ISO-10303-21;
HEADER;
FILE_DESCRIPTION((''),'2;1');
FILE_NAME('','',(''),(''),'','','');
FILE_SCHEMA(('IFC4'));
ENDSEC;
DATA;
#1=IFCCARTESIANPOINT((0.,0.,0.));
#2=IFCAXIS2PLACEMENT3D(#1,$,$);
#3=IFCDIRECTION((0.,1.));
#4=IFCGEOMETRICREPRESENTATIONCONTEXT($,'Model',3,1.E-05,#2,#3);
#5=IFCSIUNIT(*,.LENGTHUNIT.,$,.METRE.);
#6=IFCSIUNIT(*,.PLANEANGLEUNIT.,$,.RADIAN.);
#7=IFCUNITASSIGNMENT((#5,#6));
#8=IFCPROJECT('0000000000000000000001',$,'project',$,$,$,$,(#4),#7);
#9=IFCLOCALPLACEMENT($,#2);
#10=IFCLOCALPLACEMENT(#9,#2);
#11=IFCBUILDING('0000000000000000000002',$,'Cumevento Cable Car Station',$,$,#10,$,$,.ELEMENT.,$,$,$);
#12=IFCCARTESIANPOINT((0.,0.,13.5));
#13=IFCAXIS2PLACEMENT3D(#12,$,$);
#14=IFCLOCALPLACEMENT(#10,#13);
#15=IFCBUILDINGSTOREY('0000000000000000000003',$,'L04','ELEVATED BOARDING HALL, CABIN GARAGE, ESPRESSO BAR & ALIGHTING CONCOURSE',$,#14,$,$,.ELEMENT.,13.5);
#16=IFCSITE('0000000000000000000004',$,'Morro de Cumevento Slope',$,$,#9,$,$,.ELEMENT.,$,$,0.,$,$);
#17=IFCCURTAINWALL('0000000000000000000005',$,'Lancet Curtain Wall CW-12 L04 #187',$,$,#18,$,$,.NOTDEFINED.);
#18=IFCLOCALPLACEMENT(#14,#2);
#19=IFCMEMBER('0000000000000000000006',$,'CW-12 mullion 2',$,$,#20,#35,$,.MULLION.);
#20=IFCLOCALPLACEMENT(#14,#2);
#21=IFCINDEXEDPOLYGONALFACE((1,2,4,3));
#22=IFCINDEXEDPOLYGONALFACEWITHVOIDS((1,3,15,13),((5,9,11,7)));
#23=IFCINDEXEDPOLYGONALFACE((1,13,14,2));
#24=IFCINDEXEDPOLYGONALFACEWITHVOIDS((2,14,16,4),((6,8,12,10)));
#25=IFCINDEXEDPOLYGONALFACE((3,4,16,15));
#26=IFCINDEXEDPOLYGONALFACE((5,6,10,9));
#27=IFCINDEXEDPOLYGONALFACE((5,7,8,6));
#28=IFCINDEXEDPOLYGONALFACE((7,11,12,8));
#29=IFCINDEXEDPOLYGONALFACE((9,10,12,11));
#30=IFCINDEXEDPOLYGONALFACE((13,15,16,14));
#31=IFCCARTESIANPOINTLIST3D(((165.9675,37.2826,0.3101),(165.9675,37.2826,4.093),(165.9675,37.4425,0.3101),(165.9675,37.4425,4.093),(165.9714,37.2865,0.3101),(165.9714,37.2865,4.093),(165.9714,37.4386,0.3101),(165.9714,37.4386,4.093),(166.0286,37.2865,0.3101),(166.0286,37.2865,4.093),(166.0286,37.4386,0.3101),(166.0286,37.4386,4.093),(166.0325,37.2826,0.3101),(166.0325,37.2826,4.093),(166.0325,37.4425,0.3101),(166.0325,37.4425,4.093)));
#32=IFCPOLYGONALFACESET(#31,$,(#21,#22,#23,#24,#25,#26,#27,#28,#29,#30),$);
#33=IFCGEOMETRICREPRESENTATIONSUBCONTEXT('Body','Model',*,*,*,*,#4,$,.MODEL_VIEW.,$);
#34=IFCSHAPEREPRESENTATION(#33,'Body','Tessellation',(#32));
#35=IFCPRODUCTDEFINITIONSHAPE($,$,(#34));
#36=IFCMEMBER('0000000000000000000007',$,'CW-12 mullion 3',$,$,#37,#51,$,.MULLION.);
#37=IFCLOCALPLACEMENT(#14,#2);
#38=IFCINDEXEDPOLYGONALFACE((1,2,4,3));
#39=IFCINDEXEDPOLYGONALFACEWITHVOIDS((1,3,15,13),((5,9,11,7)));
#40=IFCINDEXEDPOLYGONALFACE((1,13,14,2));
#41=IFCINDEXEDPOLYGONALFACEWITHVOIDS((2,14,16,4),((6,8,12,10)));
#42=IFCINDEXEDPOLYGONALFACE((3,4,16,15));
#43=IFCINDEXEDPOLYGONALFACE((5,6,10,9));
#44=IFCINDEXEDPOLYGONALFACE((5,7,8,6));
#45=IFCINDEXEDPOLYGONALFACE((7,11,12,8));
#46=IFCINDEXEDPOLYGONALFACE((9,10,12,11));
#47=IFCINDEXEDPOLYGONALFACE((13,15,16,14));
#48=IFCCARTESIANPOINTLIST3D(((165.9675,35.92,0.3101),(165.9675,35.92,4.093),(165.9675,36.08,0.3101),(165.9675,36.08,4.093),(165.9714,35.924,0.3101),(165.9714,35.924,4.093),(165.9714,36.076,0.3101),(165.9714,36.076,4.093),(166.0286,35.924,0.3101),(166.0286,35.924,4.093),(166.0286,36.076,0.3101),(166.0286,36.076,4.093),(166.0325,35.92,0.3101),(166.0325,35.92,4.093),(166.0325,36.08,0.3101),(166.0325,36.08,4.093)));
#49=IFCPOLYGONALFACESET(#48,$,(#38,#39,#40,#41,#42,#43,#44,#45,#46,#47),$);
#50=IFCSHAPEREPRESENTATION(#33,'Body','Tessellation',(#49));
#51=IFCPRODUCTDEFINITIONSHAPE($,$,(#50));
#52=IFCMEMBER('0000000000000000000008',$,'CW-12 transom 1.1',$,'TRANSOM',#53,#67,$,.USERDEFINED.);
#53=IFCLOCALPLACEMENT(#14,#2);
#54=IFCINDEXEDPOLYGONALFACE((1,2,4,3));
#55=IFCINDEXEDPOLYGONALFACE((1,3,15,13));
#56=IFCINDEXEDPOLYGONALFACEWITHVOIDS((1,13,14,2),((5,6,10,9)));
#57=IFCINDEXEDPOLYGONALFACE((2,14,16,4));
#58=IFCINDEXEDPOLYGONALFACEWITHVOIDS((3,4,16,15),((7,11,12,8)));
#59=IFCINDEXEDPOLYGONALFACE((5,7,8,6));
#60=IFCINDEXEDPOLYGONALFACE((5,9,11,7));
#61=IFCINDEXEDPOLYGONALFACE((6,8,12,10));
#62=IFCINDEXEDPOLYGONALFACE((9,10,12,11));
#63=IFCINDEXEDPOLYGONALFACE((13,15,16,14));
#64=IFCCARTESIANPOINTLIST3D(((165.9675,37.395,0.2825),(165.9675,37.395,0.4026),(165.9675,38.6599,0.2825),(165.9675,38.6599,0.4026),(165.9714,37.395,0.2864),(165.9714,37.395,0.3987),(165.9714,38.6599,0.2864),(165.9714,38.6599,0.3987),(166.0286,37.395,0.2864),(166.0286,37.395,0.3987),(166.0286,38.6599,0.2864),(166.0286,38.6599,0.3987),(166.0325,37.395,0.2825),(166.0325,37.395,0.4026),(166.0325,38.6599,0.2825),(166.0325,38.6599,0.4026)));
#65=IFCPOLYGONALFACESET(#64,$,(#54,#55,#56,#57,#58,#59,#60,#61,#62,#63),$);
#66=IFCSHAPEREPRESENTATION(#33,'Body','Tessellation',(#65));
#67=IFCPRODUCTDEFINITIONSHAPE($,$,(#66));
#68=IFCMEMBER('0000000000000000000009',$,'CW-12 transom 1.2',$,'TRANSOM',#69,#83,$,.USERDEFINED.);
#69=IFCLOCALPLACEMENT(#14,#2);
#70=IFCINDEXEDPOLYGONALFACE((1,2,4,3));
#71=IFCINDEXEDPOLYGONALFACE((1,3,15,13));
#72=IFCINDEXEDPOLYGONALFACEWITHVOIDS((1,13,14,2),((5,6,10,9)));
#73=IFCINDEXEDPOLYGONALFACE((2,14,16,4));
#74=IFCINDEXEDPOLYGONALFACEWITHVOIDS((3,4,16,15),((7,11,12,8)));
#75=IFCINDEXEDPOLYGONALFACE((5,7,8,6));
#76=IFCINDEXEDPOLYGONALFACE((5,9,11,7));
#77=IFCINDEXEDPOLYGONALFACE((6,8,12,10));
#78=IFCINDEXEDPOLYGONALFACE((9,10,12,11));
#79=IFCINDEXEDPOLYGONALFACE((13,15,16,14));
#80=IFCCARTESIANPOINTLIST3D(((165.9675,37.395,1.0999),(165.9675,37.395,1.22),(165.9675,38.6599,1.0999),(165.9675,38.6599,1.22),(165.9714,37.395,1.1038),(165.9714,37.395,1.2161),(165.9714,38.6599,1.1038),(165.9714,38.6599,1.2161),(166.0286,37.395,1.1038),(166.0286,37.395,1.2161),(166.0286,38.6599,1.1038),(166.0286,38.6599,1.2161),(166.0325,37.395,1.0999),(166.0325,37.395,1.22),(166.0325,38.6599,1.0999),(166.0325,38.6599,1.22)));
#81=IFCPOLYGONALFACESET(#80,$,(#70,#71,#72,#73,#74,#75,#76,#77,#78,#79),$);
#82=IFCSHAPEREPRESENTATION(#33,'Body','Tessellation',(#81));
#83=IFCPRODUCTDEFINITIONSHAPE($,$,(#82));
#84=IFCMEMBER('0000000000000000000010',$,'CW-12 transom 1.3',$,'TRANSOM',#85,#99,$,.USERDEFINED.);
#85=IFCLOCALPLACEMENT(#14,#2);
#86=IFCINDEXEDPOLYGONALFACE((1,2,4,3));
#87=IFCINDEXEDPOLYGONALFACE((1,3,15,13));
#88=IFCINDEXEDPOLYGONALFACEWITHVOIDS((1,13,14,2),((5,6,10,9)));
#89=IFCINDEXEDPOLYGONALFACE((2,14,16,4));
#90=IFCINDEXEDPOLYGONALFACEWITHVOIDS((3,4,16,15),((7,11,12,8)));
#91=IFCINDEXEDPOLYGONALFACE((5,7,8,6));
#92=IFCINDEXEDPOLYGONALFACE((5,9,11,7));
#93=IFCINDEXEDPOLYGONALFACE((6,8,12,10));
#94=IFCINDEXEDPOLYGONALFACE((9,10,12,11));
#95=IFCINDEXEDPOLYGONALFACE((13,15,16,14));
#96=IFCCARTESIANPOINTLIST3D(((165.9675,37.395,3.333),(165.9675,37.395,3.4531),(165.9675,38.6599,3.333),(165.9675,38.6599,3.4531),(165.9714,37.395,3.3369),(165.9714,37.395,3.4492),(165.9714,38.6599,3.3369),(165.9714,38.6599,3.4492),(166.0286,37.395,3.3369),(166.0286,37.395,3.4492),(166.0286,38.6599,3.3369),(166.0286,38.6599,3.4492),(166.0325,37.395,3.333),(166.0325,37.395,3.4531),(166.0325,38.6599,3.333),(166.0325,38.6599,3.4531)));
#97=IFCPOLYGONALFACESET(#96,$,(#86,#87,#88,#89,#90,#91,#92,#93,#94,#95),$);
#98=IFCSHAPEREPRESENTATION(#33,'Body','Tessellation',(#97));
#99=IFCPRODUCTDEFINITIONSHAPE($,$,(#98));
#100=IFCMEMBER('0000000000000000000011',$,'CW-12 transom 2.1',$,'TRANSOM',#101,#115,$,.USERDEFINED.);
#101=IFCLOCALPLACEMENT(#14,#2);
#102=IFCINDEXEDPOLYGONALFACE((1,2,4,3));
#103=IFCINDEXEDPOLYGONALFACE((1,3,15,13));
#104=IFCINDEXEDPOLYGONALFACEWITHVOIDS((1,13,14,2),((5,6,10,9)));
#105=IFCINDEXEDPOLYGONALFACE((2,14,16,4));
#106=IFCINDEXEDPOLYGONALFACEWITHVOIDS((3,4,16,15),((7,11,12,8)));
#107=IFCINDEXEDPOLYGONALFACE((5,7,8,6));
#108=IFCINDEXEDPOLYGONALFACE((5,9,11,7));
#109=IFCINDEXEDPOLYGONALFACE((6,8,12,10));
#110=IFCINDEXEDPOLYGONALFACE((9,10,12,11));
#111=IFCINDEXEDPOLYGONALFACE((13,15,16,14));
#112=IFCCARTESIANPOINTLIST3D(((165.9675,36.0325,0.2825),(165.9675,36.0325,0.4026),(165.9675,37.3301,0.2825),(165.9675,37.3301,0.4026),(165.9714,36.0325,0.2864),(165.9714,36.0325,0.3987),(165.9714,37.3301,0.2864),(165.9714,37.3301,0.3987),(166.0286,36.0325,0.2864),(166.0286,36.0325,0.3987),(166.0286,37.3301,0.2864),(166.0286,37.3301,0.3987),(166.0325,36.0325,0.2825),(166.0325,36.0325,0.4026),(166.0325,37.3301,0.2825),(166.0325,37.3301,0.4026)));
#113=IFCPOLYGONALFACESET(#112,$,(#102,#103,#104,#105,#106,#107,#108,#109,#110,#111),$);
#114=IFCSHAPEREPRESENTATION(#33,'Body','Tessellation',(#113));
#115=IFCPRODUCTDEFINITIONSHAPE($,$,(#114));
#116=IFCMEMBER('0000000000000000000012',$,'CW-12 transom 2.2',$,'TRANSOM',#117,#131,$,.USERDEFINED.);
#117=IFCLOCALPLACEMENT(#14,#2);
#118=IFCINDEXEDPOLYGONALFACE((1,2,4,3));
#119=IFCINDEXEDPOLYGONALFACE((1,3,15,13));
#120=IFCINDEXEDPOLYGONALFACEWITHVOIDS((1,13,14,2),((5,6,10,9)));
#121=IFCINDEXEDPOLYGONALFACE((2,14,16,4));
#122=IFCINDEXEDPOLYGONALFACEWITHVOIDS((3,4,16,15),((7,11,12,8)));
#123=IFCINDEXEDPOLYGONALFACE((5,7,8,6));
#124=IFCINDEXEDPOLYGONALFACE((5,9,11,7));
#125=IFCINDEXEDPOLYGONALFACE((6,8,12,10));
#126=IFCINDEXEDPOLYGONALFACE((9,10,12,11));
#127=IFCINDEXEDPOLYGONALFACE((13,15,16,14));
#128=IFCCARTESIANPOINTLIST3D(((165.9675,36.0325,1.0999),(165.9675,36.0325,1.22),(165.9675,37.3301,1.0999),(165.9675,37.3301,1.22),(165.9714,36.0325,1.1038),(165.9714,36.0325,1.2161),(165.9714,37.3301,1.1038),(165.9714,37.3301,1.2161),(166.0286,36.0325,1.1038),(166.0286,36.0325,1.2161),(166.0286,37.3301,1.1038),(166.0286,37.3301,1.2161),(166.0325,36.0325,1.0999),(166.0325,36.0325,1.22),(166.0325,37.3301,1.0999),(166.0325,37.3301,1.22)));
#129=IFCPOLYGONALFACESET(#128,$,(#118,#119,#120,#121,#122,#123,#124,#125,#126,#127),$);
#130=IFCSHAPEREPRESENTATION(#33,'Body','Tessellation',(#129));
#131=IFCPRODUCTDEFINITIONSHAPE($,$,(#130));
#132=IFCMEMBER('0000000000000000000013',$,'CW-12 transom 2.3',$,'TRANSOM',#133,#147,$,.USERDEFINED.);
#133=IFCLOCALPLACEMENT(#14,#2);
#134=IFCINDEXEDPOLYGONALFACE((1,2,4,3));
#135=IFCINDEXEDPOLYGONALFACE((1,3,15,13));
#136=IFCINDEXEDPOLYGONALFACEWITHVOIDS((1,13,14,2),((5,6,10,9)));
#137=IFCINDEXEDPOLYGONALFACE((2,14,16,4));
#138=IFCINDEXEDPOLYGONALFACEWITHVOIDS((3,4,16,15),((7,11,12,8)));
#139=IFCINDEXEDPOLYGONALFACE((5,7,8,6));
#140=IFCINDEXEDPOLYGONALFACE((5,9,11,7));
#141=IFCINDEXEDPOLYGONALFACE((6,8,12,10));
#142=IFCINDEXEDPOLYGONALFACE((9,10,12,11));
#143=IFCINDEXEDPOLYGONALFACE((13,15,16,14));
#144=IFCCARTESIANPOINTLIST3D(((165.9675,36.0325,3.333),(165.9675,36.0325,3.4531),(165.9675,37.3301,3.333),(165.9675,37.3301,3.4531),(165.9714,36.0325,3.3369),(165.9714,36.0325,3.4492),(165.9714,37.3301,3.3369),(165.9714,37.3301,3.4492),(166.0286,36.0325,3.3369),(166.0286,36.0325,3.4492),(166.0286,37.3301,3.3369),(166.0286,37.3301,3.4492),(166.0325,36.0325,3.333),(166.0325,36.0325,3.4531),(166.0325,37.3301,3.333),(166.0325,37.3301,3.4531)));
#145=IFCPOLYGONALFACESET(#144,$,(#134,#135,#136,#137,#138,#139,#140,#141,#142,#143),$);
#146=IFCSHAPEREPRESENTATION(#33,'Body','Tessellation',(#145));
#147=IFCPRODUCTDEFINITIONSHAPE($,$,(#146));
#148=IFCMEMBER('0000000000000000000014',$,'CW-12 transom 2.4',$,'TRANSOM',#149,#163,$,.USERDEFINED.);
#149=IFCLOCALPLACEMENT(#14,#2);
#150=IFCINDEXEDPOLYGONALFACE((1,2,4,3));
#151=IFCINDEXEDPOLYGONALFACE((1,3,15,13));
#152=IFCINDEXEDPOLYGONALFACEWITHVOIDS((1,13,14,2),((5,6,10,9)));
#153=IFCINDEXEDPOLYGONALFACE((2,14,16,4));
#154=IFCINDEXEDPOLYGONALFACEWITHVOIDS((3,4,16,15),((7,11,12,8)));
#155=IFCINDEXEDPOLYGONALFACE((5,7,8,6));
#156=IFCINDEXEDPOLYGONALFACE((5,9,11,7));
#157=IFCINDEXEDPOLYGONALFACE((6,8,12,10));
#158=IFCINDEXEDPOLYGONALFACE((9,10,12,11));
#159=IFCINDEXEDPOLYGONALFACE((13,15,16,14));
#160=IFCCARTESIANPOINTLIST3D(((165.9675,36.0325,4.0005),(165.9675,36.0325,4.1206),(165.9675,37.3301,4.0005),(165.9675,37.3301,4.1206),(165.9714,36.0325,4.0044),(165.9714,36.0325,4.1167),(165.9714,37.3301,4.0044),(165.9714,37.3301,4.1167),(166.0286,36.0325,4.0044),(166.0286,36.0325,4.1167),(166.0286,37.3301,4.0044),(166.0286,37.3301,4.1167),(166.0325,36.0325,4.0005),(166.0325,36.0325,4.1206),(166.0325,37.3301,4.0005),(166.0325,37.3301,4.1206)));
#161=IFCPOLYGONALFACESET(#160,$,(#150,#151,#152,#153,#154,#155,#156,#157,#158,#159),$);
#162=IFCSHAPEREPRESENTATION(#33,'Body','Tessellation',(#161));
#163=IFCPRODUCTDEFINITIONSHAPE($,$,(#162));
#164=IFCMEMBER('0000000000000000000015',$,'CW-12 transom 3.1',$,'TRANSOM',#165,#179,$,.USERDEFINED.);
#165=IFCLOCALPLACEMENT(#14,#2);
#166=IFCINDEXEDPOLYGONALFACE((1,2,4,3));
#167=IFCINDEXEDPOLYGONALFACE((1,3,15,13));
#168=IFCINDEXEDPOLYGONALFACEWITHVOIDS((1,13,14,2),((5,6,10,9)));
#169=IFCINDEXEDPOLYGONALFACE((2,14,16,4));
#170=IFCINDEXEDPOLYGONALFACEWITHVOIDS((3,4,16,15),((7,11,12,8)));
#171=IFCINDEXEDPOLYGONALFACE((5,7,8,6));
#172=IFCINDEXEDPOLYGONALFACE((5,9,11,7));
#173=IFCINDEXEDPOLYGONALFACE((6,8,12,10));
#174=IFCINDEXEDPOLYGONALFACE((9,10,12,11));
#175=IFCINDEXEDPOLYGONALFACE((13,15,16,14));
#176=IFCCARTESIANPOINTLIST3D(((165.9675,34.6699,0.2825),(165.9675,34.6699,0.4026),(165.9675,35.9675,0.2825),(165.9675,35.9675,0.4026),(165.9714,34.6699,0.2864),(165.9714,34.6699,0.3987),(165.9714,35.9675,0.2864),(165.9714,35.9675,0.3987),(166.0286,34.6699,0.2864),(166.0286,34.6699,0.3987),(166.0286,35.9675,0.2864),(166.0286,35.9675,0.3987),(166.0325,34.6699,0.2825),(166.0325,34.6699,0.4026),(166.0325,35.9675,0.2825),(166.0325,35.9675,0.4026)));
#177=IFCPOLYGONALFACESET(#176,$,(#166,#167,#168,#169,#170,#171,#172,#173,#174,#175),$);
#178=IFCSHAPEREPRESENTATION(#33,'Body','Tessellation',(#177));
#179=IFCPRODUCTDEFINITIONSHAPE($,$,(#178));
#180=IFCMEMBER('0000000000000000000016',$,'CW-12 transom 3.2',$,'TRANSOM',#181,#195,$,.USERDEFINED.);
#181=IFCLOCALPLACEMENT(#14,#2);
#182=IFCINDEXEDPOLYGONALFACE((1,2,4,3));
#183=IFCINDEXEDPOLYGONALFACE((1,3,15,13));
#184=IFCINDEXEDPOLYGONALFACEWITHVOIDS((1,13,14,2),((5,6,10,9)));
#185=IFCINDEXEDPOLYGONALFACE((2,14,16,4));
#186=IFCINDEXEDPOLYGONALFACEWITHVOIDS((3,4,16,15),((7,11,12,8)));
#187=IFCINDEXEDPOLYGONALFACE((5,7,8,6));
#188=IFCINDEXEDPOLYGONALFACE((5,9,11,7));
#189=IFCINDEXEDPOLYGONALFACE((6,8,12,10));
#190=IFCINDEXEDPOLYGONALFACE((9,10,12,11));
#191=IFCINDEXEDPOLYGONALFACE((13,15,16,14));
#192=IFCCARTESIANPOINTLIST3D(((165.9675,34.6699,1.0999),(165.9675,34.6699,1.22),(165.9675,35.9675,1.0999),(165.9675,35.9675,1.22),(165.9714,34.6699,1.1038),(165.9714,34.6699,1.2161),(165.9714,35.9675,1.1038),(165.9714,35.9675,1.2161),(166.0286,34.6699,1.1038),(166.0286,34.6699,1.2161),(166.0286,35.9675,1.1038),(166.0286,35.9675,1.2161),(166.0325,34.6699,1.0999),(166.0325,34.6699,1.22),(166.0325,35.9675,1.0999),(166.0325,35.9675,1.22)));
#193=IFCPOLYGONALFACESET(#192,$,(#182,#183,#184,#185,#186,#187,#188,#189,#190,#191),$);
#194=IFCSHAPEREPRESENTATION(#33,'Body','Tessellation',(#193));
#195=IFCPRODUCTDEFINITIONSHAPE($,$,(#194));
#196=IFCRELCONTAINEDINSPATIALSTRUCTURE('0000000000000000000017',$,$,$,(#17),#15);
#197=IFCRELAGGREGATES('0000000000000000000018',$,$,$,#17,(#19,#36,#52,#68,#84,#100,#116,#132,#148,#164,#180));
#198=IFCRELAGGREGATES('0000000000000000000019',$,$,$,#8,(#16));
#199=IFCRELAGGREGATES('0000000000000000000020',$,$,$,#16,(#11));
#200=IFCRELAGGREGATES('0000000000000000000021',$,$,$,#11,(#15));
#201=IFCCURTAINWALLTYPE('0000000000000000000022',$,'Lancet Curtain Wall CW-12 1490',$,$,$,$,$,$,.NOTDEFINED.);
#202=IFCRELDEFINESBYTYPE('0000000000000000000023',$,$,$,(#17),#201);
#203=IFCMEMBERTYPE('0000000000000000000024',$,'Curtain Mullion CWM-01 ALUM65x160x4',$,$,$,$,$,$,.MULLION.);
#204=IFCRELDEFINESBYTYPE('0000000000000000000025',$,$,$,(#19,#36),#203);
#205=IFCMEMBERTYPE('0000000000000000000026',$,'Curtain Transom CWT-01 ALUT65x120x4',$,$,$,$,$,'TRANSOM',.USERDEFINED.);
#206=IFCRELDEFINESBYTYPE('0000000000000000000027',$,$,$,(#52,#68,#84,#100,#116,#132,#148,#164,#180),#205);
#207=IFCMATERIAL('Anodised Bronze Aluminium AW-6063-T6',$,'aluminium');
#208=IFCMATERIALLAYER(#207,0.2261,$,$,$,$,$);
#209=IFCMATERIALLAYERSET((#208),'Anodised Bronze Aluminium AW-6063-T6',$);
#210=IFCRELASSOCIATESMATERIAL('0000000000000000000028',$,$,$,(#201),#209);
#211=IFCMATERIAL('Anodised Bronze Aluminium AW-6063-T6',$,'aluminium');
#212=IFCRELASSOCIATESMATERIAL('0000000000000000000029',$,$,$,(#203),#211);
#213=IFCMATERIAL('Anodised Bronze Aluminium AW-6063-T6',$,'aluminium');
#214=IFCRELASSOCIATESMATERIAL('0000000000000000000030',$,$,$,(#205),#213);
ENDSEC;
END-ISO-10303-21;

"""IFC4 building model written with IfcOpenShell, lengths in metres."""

from ifc_helpers import new_model, si_unit, direction, frame, origin, origin_2d, place, context, subcontext, project, spatial, hollow_rectangle, extrude, material, layer, layer_set, material_profile, profile_set, type_object, element, aggregate, save


model = new_model("IFC4")

# Units and contexts
model_context = context("Model", 3, precision=1e-05, world=origin(), true_north=direction((0.0, 1.0)))
body_context = subcontext(model_context, "Body", "Model", "MODEL_VIEW")
ifc_project = project(units=[si_unit("LENGTHUNIT", "METRE"), si_unit("PLANEANGLEUNIT", "RADIAN")], contexts=[model_context])

# Site, building, storey
site_placement = place(None, origin())
site = spatial("IfcSite", under=ifc_project, at=site_placement, Name="Morro de Cumevento Slope", CompositionType="ELEMENT", RefElevation=0.0)
building_placement = place(site_placement, origin())
building = spatial("IfcBuilding", under=site, at=building_placement, Name="Cumevento Cable Car Station", CompositionType="ELEMENT")
storey_placement = place(building_placement, frame((0.0, 0.0, 13.5)))
storey = spatial("IfcBuildingStorey", under=building, at=storey_placement, Name="L04", Description="ELEVATED BOARDING HALL, CABIN GARAGE, ESPRESSO BAR & ALIGHTING CONCOURSE", CompositionType="ELEMENT", Elevation=13.5)

# Curtain wall, members
ifc_material_1 = material(Name="Anodised Bronze Aluminium AW-6063-T6", Category="aluminium")
ifc_layer_1 = layer(ifc_material_1, 0.2261)
ifc_layer_set_1 = layer_set([ifc_layer_1], Name="Anodised Bronze Aluminium AW-6063-T6")
curtain_wall_type = type_object("IfcCurtainWallType", Name="Lancet Curtain Wall CW-12 1490", PredefinedType="NOTDEFINED", material=ifc_layer_set_1)
curtain_wall_placement = place(storey_placement, origin())
curtain_wall = element("IfcCurtainWall", 1, at=curtain_wall_placement, inside=storey, type_object=curtain_wall_type, Name="Lancet Curtain Wall CW-12 L04 #187", PredefinedType="NOTDEFINED")
ifc_material_2 = material(Name="Anodised Bronze Aluminium AW-6063-T6", Category="aluminium")
ifc_material_profile_1 = material_profile(ifc_material_2, hollow_rectangle(XDim=0.0649, YDim=0.1599, WallThickness=0.0039, at=origin_2d()), Name="ALUM65x160x4")
ifc_profile_set_1 = profile_set([ifc_material_profile_1], Name="Anodised Bronze Aluminium AW-6063-T6")
member_type_1 = type_object("IfcMemberType", Name="Curtain Mullion CWM-01 ALUM65x160x4", PredefinedType="MULLION", material=ifc_profile_set_1)
member_1_placement = place(storey_placement, frame((166.0, 37.3625, 0.3101), z_axis=(0.0, 0.0, 1.0), x_axis=(1.0, 0.0, 0.0)))
member_1 = element("IfcMember", 2, at=member_1_placement, type_object=member_type_1, Name="CW-12 mullion 2", PredefinedType="MULLION", context=body_context, shape_type="SweptSolid", body=[
    extrude(hollow_rectangle(XDim=0.0649, YDim=0.1599, WallThickness=0.0039, at=origin_2d()), origin(), (0.0, 0.0, 1.0), 3.783),
])
member_2_placement = place(storey_placement, frame((166.0, 36.0, 0.3101), z_axis=(0.0, 0.0, 1.0), x_axis=(1.0, 0.0, 0.0)))
member_2 = element("IfcMember", 3, at=member_2_placement, type_object=member_type_1, Name="CW-12 mullion 3", PredefinedType="MULLION", context=body_context, shape_type="SweptSolid", body=[
    extrude(hollow_rectangle(XDim=0.0649, YDim=0.1599, WallThickness=0.0039, at=origin_2d()), origin(), (0.0, 0.0, 1.0), 3.783),
])
ifc_material_3 = material(Name="Anodised Bronze Aluminium AW-6063-T6", Category="aluminium")
ifc_material_profile_2 = material_profile(ifc_material_3, hollow_rectangle(XDim=0.0649, YDim=0.1201, WallThickness=0.0039, at=origin_2d()), Name="ALUT65x120x4")
ifc_profile_set_2 = profile_set([ifc_material_profile_2], Name="Anodised Bronze Aluminium AW-6063-T6")
member_type_2 = type_object("IfcMemberType", Name="Curtain Transom CWT-01 ALUT65x120x4", ElementType="TRANSOM", PredefinedType="USERDEFINED", material=ifc_profile_set_2)
member_3_placement = place(storey_placement, frame((166.0, 38.6599, 0.3425), z_axis=(0.0, -1.0, 0.0), x_axis=(1.0, 0.0, 0.0)))
member_3 = element("IfcMember", 4, at=member_3_placement, type_object=member_type_2, Name="CW-12 transom 1.1", ObjectType="TRANSOM", PredefinedType="USERDEFINED", context=body_context, shape_type="SweptSolid", body=[
    extrude(hollow_rectangle(XDim=0.0649, YDim=0.1201, WallThickness=0.0039, at=origin_2d()), origin(), (0.0, 0.0, 1.0), 1.2649),
])
member_4_placement = place(storey_placement, frame((166.0, 38.6599, 1.1599), z_axis=(0.0, -1.0, 0.0), x_axis=(1.0, 0.0, 0.0)))
member_4 = element("IfcMember", 5, at=member_4_placement, type_object=member_type_2, Name="CW-12 transom 1.2", ObjectType="TRANSOM", PredefinedType="USERDEFINED", context=body_context, shape_type="SweptSolid", body=[
    extrude(hollow_rectangle(XDim=0.0649, YDim=0.1201, WallThickness=0.0039, at=origin_2d()), origin(), (0.0, 0.0, 1.0), 1.2649),
])
member_5_placement = place(storey_placement, frame((166.0, 38.6599, 3.3931), z_axis=(0.0, -1.0, 0.0), x_axis=(1.0, 0.0, 0.0)))
member_5 = element("IfcMember", 6, at=member_5_placement, type_object=member_type_2, Name="CW-12 transom 1.3", ObjectType="TRANSOM", PredefinedType="USERDEFINED", context=body_context, shape_type="SweptSolid", body=[
    extrude(hollow_rectangle(XDim=0.0649, YDim=0.1201, WallThickness=0.0039, at=origin_2d()), origin(), (0.0, 0.0, 1.0), 1.2649),
])
member_6_placement = place(storey_placement, frame((166.0, 37.3301, 0.3425), z_axis=(0.0, -1.0, 0.0), x_axis=(1.0, 0.0, 0.0)))
member_6 = element("IfcMember", 7, at=member_6_placement, type_object=member_type_2, Name="CW-12 transom 2.1", ObjectType="TRANSOM", PredefinedType="USERDEFINED", context=body_context, shape_type="SweptSolid", body=[
    extrude(hollow_rectangle(XDim=0.0649, YDim=0.1201, WallThickness=0.0039, at=origin_2d()), origin(), (0.0, 0.0, 1.0), 1.2976),
])
member_7_placement = place(storey_placement, frame((166.0, 37.3301, 1.1599), z_axis=(0.0, -1.0, 0.0), x_axis=(1.0, 0.0, 0.0)))
member_7 = element("IfcMember", 8, at=member_7_placement, type_object=member_type_2, Name="CW-12 transom 2.2", ObjectType="TRANSOM", PredefinedType="USERDEFINED", context=body_context, shape_type="SweptSolid", body=[
    extrude(hollow_rectangle(XDim=0.0649, YDim=0.1201, WallThickness=0.0039, at=origin_2d()), origin(), (0.0, 0.0, 1.0), 1.2976),
])
member_8_placement = place(storey_placement, frame((166.0, 37.3301, 3.3931), z_axis=(0.0, -1.0, 0.0), x_axis=(1.0, 0.0, 0.0)))
member_8 = element("IfcMember", 9, at=member_8_placement, type_object=member_type_2, Name="CW-12 transom 2.3", ObjectType="TRANSOM", PredefinedType="USERDEFINED", context=body_context, shape_type="SweptSolid", body=[
    extrude(hollow_rectangle(XDim=0.0649, YDim=0.1201, WallThickness=0.0039, at=origin_2d()), origin(), (0.0, 0.0, 1.0), 1.2976),
])
member_9_placement = place(storey_placement, frame((166.0, 37.3301, 4.0605), z_axis=(0.0, -1.0, 0.0), x_axis=(1.0, 0.0, 0.0)))
member_9 = element("IfcMember", 10, at=member_9_placement, type_object=member_type_2, Name="CW-12 transom 2.4", ObjectType="TRANSOM", PredefinedType="USERDEFINED", context=body_context, shape_type="SweptSolid", body=[
    extrude(hollow_rectangle(XDim=0.0649, YDim=0.1201, WallThickness=0.0039, at=origin_2d()), origin(), (0.0, 0.0, 1.0), 1.2976),
])
member_10_placement = place(storey_placement, frame((166.0, 35.9675, 0.3425), z_axis=(0.0, -1.0, 0.0), x_axis=(1.0, 0.0, 0.0)))
member_10 = element("IfcMember", 11, at=member_10_placement, type_object=member_type_2, Name="CW-12 transom 3.1", ObjectType="TRANSOM", PredefinedType="USERDEFINED", context=body_context, shape_type="SweptSolid", body=[
    extrude(hollow_rectangle(XDim=0.0649, YDim=0.1201, WallThickness=0.0039, at=origin_2d()), origin(), (0.0, 0.0, 1.0), 1.2976),
])
member_11_placement = place(storey_placement, frame((166.0, 35.9675, 1.1599), z_axis=(0.0, -1.0, 0.0), x_axis=(1.0, 0.0, 0.0)))
member_11 = element("IfcMember", 12, at=member_11_placement, type_object=member_type_2, Name="CW-12 transom 3.2", ObjectType="TRANSOM", PredefinedType="USERDEFINED", context=body_context, shape_type="SweptSolid", body=[
    extrude(hollow_rectangle(XDim=0.0649, YDim=0.1201, WallThickness=0.0039, at=origin_2d()), origin(), (0.0, 0.0, 1.0), 1.2976),
])
aggregate(curtain_wall, [member_1, member_2, member_3, member_4, member_5, member_6, member_7, member_8, member_9, member_10, member_11])

save(model, "model.ifc")
